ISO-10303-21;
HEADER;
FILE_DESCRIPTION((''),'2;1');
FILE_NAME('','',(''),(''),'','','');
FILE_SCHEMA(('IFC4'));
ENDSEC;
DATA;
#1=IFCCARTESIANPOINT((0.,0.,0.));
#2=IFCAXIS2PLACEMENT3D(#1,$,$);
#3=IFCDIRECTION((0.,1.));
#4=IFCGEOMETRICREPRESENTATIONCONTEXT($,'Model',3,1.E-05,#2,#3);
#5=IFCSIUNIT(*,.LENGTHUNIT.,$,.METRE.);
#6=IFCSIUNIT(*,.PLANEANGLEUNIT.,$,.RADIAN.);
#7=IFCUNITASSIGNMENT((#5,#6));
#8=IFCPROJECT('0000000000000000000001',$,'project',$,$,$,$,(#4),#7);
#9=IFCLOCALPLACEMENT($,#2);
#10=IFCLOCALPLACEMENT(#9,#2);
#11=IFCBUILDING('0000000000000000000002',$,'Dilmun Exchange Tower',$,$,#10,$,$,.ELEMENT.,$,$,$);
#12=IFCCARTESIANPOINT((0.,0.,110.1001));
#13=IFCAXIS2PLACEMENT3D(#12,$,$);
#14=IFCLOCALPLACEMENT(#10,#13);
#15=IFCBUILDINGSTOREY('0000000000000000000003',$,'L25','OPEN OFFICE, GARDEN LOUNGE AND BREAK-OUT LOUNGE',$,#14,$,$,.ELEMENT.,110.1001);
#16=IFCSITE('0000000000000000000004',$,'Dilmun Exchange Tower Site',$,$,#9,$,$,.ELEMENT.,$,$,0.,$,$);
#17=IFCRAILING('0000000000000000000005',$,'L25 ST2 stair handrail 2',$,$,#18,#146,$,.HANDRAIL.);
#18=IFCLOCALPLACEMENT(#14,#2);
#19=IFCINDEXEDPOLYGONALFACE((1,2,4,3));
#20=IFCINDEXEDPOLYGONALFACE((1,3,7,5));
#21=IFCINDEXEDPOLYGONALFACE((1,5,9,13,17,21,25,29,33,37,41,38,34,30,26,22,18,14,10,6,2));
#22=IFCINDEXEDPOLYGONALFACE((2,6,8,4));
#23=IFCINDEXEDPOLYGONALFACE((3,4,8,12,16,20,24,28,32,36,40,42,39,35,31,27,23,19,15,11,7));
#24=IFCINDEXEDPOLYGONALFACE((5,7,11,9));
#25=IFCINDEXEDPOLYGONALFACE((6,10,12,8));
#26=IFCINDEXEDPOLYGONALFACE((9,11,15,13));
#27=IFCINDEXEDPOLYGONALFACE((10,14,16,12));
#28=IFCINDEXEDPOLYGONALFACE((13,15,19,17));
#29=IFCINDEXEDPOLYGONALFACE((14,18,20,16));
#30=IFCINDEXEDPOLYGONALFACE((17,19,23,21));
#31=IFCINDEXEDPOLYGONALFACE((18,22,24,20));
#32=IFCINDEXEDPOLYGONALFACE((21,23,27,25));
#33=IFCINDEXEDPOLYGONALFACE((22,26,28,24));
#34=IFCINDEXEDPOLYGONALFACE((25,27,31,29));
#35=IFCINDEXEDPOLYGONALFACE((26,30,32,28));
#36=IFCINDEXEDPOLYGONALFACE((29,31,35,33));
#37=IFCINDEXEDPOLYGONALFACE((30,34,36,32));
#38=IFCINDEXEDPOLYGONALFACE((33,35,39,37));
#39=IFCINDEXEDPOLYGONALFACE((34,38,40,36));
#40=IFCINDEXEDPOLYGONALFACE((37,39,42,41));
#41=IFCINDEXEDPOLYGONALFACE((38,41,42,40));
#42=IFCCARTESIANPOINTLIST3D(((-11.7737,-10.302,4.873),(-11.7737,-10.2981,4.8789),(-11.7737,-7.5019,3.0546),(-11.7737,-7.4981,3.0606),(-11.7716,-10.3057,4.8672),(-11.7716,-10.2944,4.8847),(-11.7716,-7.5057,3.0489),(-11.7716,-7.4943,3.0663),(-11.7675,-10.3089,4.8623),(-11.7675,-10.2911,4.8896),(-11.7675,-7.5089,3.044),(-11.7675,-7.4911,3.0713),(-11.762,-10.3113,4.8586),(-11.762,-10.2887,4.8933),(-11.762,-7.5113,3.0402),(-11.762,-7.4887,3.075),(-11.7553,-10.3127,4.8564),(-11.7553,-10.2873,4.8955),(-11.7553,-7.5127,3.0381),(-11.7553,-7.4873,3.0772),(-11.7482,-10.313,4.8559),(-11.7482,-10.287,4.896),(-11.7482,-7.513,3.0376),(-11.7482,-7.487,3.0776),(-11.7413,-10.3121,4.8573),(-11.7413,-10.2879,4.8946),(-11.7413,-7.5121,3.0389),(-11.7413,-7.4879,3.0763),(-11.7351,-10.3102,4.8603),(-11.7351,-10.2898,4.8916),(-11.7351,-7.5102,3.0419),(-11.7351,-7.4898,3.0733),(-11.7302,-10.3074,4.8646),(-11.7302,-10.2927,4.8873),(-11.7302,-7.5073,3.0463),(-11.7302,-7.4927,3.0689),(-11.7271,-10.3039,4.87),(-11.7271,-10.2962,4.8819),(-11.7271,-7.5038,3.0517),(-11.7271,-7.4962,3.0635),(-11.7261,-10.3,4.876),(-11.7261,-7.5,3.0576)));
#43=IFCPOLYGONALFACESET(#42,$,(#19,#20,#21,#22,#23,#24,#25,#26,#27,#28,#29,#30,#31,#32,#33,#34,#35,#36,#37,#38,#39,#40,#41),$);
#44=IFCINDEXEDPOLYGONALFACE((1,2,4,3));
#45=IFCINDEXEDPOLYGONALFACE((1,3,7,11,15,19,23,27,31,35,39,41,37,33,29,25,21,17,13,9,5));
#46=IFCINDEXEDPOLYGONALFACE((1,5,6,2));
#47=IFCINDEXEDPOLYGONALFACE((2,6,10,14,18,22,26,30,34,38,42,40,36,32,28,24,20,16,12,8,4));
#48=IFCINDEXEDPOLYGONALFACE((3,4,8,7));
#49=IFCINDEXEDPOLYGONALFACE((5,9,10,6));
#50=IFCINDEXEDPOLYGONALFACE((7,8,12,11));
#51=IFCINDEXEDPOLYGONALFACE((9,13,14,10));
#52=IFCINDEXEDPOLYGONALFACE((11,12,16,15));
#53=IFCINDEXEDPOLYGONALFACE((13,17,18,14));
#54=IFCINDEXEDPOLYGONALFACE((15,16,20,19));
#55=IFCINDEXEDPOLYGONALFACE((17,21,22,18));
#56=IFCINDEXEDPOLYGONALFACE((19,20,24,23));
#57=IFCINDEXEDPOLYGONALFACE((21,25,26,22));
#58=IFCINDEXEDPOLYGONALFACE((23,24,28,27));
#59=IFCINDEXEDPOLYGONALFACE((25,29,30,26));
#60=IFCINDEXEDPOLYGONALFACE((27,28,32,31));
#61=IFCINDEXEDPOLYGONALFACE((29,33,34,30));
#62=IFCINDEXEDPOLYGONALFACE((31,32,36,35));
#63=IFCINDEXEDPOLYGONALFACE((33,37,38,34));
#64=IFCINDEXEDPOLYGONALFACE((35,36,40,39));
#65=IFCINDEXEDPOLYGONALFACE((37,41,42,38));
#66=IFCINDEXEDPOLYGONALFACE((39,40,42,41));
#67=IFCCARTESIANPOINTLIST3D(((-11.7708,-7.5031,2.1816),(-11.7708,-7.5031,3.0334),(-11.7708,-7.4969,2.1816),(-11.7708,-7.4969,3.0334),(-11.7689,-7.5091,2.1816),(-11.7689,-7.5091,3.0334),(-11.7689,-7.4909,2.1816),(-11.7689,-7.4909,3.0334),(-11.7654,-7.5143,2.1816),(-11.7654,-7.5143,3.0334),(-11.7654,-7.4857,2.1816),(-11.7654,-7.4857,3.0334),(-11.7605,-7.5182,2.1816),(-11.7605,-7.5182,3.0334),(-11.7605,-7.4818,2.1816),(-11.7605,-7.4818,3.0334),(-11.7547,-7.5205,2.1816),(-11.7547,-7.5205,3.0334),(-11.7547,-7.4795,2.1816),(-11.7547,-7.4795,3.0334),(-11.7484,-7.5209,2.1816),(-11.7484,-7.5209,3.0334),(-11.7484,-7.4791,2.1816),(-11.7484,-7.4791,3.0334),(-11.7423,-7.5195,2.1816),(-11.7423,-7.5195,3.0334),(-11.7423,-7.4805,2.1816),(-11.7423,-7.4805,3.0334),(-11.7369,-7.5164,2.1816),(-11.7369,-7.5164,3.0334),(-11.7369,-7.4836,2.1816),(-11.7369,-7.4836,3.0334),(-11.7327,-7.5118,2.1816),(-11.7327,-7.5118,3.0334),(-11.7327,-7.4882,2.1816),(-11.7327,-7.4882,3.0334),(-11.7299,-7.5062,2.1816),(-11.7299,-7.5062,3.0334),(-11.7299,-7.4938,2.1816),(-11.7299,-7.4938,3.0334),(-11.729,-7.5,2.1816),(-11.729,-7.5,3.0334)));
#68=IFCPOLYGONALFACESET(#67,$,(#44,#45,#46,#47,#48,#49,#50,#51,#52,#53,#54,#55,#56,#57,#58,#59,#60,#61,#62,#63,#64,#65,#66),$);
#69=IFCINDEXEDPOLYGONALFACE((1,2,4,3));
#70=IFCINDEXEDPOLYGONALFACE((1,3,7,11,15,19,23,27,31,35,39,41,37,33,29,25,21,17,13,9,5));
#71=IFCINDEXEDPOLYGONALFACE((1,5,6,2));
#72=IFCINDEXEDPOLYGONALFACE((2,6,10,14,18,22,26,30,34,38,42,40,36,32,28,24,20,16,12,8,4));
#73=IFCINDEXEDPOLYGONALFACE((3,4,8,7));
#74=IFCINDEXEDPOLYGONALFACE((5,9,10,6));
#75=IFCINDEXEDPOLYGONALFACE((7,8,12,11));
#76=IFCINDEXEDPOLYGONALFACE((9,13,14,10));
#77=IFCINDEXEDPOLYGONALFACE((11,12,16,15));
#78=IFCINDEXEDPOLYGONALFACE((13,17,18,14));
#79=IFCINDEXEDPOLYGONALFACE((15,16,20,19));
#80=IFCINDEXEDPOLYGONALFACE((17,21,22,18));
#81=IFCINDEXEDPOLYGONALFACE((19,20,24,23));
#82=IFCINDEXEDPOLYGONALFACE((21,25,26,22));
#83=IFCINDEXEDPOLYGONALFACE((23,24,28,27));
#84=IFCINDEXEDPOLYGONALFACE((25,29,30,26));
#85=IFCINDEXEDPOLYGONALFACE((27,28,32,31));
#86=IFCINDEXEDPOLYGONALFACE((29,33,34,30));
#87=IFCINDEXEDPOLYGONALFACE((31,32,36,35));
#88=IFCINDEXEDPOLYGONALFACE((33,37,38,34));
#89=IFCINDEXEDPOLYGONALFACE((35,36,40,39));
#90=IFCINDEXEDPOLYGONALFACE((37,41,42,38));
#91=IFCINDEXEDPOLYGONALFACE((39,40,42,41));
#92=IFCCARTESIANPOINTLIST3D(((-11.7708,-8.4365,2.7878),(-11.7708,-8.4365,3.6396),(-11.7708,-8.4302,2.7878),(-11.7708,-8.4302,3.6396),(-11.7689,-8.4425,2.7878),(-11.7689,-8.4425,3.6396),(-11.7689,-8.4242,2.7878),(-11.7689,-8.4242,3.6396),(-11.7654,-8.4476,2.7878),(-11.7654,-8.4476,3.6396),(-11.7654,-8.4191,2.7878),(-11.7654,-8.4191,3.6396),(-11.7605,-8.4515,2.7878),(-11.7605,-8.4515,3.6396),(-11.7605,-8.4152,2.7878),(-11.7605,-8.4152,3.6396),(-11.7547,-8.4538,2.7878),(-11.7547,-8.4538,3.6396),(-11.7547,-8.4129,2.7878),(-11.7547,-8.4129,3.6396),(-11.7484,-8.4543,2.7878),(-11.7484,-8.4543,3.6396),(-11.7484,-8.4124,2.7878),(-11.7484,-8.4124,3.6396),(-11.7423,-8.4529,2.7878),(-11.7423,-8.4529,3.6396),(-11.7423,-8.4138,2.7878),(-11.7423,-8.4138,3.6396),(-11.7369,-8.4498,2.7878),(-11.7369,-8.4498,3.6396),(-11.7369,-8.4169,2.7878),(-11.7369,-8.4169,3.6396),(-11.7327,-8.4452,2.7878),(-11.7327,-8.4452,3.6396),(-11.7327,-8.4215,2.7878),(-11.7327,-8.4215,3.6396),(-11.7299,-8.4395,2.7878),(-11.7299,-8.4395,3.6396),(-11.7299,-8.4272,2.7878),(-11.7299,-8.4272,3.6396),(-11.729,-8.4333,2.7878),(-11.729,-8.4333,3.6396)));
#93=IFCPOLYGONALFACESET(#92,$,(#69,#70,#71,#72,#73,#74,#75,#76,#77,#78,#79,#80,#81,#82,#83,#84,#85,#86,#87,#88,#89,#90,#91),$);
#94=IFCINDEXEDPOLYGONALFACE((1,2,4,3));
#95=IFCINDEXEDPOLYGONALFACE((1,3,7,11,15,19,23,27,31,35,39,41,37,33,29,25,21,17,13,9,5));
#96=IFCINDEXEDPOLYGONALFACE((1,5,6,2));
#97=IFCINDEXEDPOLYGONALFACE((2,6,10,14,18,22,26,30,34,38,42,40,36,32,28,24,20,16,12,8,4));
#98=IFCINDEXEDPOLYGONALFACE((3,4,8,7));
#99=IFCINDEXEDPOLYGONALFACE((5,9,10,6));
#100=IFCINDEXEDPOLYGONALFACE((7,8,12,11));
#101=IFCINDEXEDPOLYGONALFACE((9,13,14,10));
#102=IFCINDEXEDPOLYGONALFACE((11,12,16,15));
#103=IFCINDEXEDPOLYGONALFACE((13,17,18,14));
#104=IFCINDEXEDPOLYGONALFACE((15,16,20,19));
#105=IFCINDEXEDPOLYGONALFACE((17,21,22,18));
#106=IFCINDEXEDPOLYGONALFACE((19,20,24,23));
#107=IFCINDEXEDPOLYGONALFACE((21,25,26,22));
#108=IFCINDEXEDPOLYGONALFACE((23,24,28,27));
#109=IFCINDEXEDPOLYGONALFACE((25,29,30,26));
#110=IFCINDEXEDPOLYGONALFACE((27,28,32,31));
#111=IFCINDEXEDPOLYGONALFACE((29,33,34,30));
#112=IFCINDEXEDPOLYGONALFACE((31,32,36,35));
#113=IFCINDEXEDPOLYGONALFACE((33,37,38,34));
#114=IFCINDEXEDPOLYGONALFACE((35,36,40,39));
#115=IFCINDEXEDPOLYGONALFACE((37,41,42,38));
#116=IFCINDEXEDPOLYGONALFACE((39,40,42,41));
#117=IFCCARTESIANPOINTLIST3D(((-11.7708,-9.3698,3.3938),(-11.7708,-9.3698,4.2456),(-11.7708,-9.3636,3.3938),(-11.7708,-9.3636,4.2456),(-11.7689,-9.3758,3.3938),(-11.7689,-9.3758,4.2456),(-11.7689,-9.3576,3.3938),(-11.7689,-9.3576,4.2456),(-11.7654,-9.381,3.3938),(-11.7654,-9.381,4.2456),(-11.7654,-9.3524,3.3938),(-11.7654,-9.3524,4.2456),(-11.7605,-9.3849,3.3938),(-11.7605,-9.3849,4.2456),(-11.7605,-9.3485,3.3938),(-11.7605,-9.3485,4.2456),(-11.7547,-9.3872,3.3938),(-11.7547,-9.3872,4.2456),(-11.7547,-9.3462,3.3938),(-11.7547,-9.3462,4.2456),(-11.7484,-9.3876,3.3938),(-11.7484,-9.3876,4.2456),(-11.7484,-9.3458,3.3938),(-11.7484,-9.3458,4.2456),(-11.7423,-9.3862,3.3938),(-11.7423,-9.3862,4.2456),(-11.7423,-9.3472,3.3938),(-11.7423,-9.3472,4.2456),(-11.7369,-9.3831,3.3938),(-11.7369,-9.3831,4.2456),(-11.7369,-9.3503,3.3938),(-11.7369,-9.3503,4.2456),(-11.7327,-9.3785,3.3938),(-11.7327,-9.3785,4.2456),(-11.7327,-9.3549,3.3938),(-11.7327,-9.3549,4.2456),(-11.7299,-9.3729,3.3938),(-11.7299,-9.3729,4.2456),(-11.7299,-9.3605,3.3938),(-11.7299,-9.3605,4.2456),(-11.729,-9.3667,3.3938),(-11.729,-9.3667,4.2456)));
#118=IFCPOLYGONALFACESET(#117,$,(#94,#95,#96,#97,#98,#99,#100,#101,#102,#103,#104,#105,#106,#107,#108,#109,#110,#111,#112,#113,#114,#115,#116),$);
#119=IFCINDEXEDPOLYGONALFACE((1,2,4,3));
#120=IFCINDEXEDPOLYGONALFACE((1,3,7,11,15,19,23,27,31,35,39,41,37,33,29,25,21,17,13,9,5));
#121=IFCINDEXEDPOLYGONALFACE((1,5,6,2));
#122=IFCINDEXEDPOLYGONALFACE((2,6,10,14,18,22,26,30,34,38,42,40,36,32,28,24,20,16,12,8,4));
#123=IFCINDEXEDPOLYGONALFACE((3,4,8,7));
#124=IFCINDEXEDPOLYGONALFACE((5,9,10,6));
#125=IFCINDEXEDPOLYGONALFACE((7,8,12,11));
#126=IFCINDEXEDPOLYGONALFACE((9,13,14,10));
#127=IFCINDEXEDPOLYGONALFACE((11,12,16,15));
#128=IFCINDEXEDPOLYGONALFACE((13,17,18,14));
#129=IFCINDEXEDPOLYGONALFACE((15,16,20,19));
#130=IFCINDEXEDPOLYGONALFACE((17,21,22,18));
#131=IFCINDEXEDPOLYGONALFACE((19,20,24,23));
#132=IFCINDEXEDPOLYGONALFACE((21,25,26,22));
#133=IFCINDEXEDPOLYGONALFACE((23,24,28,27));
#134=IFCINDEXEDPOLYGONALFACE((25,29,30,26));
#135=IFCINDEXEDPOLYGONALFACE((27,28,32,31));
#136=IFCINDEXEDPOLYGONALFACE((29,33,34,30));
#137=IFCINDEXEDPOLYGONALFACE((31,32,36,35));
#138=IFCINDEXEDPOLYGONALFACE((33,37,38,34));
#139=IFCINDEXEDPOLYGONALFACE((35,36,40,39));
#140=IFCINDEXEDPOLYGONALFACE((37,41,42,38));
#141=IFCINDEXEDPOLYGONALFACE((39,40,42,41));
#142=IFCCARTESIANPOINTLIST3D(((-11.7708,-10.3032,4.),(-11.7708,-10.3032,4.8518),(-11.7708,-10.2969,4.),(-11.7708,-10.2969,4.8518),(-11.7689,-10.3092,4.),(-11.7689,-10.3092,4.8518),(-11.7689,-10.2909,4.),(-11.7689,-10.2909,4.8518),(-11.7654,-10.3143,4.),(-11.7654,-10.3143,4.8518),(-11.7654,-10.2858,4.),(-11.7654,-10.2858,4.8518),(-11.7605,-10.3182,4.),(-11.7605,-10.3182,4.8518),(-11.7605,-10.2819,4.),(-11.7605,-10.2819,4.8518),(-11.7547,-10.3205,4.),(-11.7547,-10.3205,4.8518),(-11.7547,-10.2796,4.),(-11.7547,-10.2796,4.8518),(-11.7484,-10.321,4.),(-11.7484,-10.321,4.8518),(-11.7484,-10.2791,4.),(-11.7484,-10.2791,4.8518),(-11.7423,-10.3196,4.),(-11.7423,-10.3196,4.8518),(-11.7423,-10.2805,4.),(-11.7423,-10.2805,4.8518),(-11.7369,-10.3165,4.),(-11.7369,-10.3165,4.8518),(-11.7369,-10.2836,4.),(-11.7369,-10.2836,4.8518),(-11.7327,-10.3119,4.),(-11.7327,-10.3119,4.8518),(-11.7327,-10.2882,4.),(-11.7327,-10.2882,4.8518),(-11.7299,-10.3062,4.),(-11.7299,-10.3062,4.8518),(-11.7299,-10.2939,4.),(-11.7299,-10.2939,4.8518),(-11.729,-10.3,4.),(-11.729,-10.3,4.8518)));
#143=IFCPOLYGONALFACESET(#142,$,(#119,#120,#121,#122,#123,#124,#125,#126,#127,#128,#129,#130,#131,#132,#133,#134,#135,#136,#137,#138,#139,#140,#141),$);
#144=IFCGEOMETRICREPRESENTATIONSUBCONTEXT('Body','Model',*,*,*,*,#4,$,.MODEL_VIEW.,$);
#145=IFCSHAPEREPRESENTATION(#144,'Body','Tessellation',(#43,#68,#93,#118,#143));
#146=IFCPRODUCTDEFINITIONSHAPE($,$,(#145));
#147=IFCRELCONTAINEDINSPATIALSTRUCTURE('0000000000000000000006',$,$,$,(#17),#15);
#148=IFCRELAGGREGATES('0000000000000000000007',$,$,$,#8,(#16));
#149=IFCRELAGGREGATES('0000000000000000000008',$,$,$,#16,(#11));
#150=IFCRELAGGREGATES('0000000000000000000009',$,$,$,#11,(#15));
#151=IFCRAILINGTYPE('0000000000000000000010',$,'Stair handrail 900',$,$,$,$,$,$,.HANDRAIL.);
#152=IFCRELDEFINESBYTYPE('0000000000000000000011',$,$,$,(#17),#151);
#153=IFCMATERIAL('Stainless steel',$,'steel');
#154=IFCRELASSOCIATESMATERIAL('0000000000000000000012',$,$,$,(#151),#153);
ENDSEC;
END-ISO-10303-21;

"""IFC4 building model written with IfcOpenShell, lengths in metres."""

from ifc_helpers import new_model, si_unit, direction, frame, origin, origin_2d, place, context, subcontext, project, spatial, circle, extrude, material, type_object, element, save


model = new_model("IFC4")

# Units and contexts
model_context = context("Model", 3, precision=1e-05, world=origin(), true_north=direction((0.0, 1.0)))
body_context = subcontext(model_context, "Body", "Model", "MODEL_VIEW")
ifc_project = project(units=[si_unit("LENGTHUNIT", "METRE"), si_unit("PLANEANGLEUNIT", "RADIAN")], contexts=[model_context])

# Site, building, storey
site_placement = place(None, origin())
site = spatial("IfcSite", under=ifc_project, at=site_placement, Name="Dilmun Exchange Tower Site", CompositionType="ELEMENT", RefElevation=0.0)
building_placement = place(site_placement, origin())
building = spatial("IfcBuilding", under=site, at=building_placement, Name="Dilmun Exchange Tower", CompositionType="ELEMENT")
storey_placement = place(building_placement, frame((0.0, 0.0, 110.1001)))
storey = spatial("IfcBuildingStorey", under=building, at=storey_placement, Name="L25", Description="OPEN OFFICE, GARDEN LOUNGE AND BREAK-OUT LOUNGE", CompositionType="ELEMENT", Elevation=110.1001)

# Railing
ifc_material_1 = material(Name="Stainless steel", Category="steel")
railing_type = type_object("IfcRailingType", Name="Stair handrail 900", PredefinedType="HANDRAIL", material=ifc_material_1)
railing_placement = place(storey_placement, frame((-11.75, -7.5, 2.1816)))
element("IfcRailing", 1, at=railing_placement, inside=storey, type_object=railing_type, Name="L25 ST2 stair handrail 2", PredefinedType="HANDRAIL", context=body_context, shape_type="SweptSolid", body=[
    extrude(circle(Radius=0.0239, at=origin_2d()), frame((0.0, 0.0, 0.876), z_axis=(0.0, -0.838672, 0.544636), x_axis=(1.0, 0.0, 0.0)), (0.0, 0.0, 1.0), 3.3386),
    extrude(circle(Radius=0.021, at=origin_2d()), origin(), (0.0, 0.0, 1.0), 0.8518),
    extrude(circle(Radius=0.021, at=origin_2d()), frame((0.0, -0.9333, 0.6062)), (0.0, 0.0, 1.0), 0.8518),
    extrude(circle(Radius=0.021, at=origin_2d()), frame((0.0, -1.8667, 1.2122)), (0.0, 0.0, 1.0), 0.8518),
    extrude(circle(Radius=0.021, at=origin_2d()), frame((0.0, -2.8, 1.8184)), (0.0, 0.0, 1.0), 0.8518),
])

save(model, "model.ifc")
